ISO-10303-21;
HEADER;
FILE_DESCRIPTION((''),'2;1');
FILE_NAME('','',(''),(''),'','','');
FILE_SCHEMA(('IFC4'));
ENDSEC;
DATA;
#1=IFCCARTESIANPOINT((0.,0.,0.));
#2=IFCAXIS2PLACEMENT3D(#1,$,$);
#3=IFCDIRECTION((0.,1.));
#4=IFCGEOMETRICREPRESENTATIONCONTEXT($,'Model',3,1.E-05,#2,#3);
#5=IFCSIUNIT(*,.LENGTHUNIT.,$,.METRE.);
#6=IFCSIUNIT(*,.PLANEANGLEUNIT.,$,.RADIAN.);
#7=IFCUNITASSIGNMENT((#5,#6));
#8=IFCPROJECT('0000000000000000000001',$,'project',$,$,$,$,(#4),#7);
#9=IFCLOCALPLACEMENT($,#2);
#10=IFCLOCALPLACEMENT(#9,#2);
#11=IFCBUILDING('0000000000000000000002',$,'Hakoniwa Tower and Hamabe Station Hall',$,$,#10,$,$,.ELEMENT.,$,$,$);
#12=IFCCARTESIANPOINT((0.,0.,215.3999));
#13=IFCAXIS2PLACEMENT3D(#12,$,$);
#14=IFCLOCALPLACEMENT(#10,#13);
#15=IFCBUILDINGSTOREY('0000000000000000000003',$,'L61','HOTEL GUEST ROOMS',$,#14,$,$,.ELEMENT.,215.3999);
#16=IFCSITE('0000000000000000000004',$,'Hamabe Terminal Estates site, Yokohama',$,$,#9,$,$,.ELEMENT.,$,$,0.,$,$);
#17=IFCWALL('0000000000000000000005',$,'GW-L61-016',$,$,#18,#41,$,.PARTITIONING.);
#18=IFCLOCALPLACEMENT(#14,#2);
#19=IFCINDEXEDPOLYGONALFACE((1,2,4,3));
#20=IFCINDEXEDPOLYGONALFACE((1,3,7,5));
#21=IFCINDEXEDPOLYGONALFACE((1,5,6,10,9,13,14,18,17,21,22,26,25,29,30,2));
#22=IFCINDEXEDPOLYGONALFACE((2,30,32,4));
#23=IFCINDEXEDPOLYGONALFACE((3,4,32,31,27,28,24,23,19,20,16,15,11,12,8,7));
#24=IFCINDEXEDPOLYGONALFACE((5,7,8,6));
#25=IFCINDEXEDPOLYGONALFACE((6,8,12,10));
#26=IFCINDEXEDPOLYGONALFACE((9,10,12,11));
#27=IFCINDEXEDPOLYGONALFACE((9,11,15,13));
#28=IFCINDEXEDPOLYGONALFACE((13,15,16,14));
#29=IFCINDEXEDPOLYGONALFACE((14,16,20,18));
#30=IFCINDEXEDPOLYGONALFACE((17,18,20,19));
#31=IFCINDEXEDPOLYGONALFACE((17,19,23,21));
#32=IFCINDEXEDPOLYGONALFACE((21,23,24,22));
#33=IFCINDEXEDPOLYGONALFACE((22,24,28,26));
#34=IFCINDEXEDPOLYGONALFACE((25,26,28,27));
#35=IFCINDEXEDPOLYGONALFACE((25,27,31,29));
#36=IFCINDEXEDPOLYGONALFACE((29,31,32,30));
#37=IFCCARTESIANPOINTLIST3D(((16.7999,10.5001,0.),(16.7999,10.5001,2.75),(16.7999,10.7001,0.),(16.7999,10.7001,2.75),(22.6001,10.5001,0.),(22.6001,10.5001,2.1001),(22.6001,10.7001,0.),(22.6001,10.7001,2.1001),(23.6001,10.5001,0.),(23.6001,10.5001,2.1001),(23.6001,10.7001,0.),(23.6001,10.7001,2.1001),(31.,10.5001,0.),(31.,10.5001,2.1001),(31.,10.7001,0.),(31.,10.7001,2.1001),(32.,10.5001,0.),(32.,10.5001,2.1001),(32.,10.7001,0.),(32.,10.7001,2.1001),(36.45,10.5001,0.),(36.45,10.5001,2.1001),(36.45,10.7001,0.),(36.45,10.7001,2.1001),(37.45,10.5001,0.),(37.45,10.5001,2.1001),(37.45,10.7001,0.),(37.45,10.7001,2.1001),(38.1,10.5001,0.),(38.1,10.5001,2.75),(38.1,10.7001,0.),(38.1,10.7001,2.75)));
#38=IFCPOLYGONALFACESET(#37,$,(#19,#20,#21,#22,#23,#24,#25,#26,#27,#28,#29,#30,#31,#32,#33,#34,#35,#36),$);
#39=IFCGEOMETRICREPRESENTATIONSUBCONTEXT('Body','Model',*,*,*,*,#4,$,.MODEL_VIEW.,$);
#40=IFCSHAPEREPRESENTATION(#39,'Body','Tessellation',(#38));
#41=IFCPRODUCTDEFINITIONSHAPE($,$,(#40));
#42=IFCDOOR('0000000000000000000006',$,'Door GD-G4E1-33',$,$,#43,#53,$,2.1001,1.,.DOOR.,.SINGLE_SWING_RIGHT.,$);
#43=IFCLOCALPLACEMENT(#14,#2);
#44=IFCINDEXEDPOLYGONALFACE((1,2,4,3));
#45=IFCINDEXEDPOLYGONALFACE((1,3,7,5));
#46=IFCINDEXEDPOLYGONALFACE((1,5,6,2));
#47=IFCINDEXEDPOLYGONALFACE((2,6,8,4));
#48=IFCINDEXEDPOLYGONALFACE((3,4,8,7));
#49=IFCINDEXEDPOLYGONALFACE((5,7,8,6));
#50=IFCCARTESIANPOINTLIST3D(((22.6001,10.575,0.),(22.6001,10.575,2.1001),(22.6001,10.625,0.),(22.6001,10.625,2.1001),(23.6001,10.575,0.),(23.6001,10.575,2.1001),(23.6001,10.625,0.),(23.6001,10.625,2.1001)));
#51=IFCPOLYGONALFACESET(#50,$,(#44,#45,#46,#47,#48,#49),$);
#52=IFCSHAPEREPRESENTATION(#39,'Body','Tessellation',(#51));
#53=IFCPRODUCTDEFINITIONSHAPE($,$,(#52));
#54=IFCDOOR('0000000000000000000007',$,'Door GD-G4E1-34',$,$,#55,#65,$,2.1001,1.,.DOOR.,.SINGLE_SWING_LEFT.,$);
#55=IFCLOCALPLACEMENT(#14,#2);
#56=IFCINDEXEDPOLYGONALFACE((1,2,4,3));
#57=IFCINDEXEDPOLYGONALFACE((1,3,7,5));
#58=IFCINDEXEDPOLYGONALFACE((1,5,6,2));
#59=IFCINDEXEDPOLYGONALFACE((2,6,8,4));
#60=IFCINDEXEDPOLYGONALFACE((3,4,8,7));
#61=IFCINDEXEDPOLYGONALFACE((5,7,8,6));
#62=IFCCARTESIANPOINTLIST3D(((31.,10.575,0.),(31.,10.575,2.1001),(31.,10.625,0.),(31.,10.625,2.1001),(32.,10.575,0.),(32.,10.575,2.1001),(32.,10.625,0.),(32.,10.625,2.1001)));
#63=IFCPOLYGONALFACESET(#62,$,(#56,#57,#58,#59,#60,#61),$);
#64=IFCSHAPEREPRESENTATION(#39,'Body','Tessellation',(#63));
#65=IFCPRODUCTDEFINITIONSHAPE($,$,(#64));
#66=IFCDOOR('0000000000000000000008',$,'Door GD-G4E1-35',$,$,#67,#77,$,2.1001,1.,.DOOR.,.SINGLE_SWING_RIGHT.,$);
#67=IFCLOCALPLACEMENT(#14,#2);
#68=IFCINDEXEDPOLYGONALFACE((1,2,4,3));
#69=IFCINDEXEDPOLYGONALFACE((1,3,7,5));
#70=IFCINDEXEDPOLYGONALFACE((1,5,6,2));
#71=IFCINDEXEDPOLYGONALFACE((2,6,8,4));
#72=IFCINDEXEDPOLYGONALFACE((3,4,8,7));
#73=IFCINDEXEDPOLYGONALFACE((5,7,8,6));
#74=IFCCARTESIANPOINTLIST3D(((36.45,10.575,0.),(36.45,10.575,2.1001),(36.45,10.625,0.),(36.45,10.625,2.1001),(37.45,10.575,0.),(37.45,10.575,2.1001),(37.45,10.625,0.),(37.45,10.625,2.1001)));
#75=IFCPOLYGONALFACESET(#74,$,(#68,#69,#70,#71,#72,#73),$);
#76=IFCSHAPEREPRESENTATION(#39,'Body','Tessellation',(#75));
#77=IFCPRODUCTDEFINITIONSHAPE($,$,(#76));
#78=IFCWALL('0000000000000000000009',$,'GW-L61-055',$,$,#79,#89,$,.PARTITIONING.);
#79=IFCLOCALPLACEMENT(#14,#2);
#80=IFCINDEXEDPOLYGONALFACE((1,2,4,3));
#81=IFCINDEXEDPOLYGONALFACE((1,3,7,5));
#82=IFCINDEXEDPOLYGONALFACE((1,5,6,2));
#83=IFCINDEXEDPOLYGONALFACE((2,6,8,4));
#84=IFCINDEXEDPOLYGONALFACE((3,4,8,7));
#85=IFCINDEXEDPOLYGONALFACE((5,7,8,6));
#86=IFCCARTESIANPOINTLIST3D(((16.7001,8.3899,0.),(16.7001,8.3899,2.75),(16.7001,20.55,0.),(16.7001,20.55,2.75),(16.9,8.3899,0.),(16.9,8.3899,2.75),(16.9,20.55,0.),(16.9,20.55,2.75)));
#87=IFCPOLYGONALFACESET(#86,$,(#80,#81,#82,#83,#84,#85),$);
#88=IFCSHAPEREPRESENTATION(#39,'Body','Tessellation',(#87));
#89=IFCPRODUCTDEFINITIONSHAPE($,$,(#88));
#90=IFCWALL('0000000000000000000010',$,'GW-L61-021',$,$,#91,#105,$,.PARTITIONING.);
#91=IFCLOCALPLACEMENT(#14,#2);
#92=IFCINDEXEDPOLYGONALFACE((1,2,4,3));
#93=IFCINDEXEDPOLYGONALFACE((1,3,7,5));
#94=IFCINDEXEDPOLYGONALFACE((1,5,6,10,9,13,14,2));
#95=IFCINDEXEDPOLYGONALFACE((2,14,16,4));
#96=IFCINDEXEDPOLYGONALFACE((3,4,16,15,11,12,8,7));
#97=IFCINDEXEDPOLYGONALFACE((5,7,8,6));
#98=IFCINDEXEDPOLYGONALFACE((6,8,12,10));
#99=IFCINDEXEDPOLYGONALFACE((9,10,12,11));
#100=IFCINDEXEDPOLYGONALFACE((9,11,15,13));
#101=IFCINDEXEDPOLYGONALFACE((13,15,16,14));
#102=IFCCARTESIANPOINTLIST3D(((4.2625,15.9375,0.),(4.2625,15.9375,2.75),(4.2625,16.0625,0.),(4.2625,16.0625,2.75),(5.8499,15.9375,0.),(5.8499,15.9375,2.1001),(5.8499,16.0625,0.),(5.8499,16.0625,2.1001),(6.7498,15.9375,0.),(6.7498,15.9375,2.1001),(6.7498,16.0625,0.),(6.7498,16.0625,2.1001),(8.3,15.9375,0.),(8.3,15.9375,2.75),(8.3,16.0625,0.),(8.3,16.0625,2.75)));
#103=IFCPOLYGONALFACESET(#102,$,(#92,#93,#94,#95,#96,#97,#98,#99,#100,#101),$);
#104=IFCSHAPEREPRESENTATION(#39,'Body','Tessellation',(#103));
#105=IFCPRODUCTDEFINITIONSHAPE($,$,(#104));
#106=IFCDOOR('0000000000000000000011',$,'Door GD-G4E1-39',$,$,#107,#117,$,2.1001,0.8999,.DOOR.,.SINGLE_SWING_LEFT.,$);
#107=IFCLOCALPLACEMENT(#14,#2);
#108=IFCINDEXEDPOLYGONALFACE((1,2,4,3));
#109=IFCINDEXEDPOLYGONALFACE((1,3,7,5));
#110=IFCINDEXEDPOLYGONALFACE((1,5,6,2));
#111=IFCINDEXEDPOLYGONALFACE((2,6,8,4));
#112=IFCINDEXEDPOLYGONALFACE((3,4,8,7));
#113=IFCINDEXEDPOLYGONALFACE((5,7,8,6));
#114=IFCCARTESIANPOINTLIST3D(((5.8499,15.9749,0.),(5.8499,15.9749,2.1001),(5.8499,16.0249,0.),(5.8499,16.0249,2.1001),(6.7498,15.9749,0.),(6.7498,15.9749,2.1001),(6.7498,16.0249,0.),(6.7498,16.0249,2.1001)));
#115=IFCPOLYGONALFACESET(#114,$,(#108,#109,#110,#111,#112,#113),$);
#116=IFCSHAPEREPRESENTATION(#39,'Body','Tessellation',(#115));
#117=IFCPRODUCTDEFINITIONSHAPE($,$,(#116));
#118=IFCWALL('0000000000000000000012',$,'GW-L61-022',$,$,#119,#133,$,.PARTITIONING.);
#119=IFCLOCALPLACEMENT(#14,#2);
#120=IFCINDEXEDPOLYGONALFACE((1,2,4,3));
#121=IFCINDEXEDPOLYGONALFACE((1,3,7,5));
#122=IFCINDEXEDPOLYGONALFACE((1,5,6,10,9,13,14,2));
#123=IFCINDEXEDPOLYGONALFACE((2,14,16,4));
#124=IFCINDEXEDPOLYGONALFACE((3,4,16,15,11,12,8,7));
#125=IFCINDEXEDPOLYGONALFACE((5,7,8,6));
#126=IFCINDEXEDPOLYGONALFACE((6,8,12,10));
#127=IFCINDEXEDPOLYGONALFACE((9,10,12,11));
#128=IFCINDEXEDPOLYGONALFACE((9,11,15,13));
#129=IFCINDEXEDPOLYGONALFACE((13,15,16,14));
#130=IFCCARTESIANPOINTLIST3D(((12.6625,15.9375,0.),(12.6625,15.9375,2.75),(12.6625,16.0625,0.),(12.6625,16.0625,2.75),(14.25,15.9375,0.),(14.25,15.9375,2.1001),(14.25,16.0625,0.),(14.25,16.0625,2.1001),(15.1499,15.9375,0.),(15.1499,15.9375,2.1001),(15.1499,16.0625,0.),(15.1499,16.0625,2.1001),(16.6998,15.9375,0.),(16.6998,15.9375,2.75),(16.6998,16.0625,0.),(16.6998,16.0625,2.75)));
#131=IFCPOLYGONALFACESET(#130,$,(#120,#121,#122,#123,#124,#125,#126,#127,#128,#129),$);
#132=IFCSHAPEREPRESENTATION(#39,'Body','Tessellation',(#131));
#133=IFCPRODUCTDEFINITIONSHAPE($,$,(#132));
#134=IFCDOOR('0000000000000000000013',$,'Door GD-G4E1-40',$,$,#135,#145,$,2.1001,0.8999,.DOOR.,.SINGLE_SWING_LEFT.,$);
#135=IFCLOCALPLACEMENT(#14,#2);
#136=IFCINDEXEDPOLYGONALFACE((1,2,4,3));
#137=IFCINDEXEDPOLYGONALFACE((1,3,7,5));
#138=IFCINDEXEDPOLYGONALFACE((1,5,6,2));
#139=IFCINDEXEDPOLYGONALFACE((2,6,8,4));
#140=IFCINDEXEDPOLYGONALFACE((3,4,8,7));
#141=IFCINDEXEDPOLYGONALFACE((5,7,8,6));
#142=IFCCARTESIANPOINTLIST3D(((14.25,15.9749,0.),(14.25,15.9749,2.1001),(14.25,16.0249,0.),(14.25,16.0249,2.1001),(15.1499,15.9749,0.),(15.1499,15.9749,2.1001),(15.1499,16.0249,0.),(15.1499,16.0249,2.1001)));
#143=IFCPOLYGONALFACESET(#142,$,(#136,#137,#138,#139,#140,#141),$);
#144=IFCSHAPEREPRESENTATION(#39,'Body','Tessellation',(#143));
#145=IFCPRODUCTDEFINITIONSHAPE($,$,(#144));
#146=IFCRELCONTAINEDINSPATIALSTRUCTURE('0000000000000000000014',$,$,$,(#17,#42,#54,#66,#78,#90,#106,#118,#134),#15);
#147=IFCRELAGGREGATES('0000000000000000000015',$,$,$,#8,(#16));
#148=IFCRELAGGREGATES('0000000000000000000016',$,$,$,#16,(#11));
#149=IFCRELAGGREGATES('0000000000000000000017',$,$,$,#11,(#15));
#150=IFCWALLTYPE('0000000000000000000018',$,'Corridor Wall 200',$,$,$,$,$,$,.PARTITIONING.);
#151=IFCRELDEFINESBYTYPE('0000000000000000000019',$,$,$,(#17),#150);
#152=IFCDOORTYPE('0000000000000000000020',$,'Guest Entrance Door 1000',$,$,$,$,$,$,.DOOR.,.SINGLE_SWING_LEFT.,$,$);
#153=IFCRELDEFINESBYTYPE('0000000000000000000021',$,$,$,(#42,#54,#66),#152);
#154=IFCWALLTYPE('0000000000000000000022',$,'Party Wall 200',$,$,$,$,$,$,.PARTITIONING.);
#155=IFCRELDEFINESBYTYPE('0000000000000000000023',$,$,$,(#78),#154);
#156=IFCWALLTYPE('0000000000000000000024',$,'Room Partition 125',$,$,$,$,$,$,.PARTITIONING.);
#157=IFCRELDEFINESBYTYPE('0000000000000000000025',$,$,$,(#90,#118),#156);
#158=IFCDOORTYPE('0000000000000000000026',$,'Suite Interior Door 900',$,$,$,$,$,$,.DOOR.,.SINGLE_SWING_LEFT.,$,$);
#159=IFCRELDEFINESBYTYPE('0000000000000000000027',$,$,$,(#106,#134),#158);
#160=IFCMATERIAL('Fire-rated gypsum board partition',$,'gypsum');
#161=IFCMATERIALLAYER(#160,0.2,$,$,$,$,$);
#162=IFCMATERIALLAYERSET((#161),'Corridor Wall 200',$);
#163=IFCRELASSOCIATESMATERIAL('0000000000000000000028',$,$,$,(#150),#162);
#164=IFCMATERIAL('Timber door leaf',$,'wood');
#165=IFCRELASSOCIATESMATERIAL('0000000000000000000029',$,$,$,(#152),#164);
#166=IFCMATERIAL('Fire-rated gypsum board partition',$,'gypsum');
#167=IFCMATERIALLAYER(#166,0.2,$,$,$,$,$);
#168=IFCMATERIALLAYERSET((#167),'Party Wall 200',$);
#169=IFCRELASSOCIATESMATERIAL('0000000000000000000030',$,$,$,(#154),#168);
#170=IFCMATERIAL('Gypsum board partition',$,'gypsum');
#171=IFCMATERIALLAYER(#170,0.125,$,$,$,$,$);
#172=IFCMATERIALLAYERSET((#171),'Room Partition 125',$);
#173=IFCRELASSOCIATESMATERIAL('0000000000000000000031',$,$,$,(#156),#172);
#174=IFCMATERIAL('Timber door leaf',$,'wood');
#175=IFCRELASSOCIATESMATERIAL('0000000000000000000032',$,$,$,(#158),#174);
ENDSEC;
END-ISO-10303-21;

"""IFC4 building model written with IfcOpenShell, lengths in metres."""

from ifc_helpers import new_model, si_unit, direction, frame, frame_2d, origin, place, context, subcontext, project, spatial, rectangle, extrude, material, layer, layer_set, type_object, element, fill, save


model = new_model("IFC4")

# Units and contexts
model_context = context("Model", 3, precision=1e-05, world=origin(), true_north=direction((0.0, 1.0)))
body_context = subcontext(model_context, "Body", "Model", "MODEL_VIEW")
ifc_project = project(units=[si_unit("LENGTHUNIT", "METRE"), si_unit("PLANEANGLEUNIT", "RADIAN")], contexts=[model_context])

# Site, building, storey
site_placement = place(None, origin())
site = spatial("IfcSite", under=ifc_project, at=site_placement, Name="Hamabe Terminal Estates site, Yokohama", CompositionType="ELEMENT", RefElevation=0.0)
building_placement = place(site_placement, origin())
building = spatial("IfcBuilding", under=site, at=building_placement, Name="Hakoniwa Tower and Hamabe Station Hall", CompositionType="ELEMENT")
storey_placement = place(building_placement, frame((0.0, 0.0, 215.3999)))
storey = spatial("IfcBuildingStorey", under=building, at=storey_placement, Name="L61", Description="HOTEL GUEST ROOMS", CompositionType="ELEMENT", Elevation=215.3999)

# Wall, openings, doors
ifc_material_1 = material(Name="Fire-rated gypsum board partition", Category="gypsum")
ifc_layer_1 = layer(ifc_material_1, 0.2)
ifc_layer_set_1 = layer_set([ifc_layer_1], Name="Corridor Wall 200")
wall_type_1 = type_object("IfcWallType", Name="Corridor Wall 200", PredefinedType="PARTITIONING", material=ifc_layer_set_1)
wall_1_placement = place(storey_placement, frame((16.8, 10.6001, 0.0), z_axis=(0.0, 0.0, 1.0), x_axis=(1.0, 0.0, 0.0)))
wall_1 = element("IfcWall", 1, at=wall_1_placement, inside=storey, type_object=wall_type_1, Name="GW-L61-016", PredefinedType="PARTITIONING", context=body_context, shape_type="SweptSolid", body=[
    extrude(rectangle(XDim=21.3, YDim=0.2, at=frame_2d((10.6499, 0.0))), origin(), (0.0, 0.0, 1.0), 2.75),
])
opening_1_placement = place(wall_1_placement, frame((5.8, 0.0, 0.0)))
opening_1 = element("IfcOpeningElement", 2, at=opening_1_placement, cuts=wall_1, PredefinedType="OPENING", context=body_context, shape_type="SweptSolid", body=[
    extrude(rectangle(XDim=1.0, YDim=2.1001, at=frame_2d((0.5, 1.05))), frame((0.0, 0.1099, 0.0), z_axis=(0.0, -1.0, 0.0), x_axis=(1.0, 0.0, 0.0)), (0.0, 0.0, 1.0), 0.22),
])
opening_2_placement = place(wall_1_placement, frame((14.2, 0.0, 0.0)))
opening_2 = element("IfcOpeningElement", 3, at=opening_2_placement, cuts=wall_1, PredefinedType="OPENING", context=body_context, shape_type="SweptSolid", body=[
    extrude(rectangle(XDim=1.0, YDim=2.1001, at=frame_2d((0.5, 1.05))), frame((0.0, 0.1099, 0.0), z_axis=(0.0, -1.0, 0.0), x_axis=(1.0, 0.0, 0.0)), (0.0, 0.0, 1.0), 0.22),
])
opening_3_placement = place(wall_1_placement, frame((19.6499, 0.0, 0.0)))
opening_3 = element("IfcOpeningElement", 4, at=opening_3_placement, cuts=wall_1, PredefinedType="OPENING", context=body_context, shape_type="SweptSolid", body=[
    extrude(rectangle(XDim=1.0, YDim=2.1001, at=frame_2d((0.5, 1.05))), frame((0.0, 0.1099, 0.0), z_axis=(0.0, -1.0, 0.0), x_axis=(1.0, 0.0, 0.0)), (0.0, 0.0, 1.0), 0.22),
])
ifc_material_2 = material(Name="Timber door leaf", Category="wood")
door_type_1 = type_object("IfcDoorType", Name="Guest Entrance Door 1000", OperationType="SINGLE_SWING_LEFT", PredefinedType="DOOR", material=ifc_material_2)
door_1_placement = place(opening_1_placement, origin())
door_1 = element("IfcDoor", 5, at=door_1_placement, inside=storey, type_object=door_type_1, Name="Door GD-G4E1-33", OperationType="SINGLE_SWING_RIGHT", OverallHeight=2.1001, OverallWidth=1.0, PredefinedType="DOOR", context=body_context, shape_type="SweptSolid", body=[
    extrude(rectangle(XDim=1.0, YDim=2.1001, at=frame_2d((0.5, 1.05))), frame((0.0, 0.0249, 0.0), z_axis=(0.0, -1.0, 0.0), x_axis=(1.0, 0.0, 0.0)), (0.0, 0.0, 1.0), 0.05),
])
fill(opening_1, door_1)
door_2_placement = place(opening_2_placement, origin())
door_2 = element("IfcDoor", 6, at=door_2_placement, inside=storey, type_object=door_type_1, Name="Door GD-G4E1-34", OperationType="SINGLE_SWING_LEFT", OverallHeight=2.1001, OverallWidth=1.0, PredefinedType="DOOR", context=body_context, shape_type="SweptSolid", body=[
    extrude(rectangle(XDim=1.0, YDim=2.1001, at=frame_2d((0.5, 1.05))), frame((0.0, 0.0249, 0.0), z_axis=(0.0, -1.0, 0.0), x_axis=(1.0, 0.0, 0.0)), (0.0, 0.0, 1.0), 0.05),
])
fill(opening_2, door_2)
door_3_placement = place(opening_3_placement, origin())
door_3 = element("IfcDoor", 7, at=door_3_placement, inside=storey, type_object=door_type_1, Name="Door GD-G4E1-35", OperationType="SINGLE_SWING_RIGHT", OverallHeight=2.1001, OverallWidth=1.0, PredefinedType="DOOR", context=body_context, shape_type="SweptSolid", body=[
    extrude(rectangle(XDim=1.0, YDim=2.1001, at=frame_2d((0.5, 1.05))), frame((0.0, 0.0249, 0.0), z_axis=(0.0, -1.0, 0.0), x_axis=(1.0, 0.0, 0.0)), (0.0, 0.0, 1.0), 0.05),
])
fill(opening_3, door_3)

# Wall
ifc_material_3 = material(Name="Fire-rated gypsum board partition", Category="gypsum")
ifc_layer_2 = layer(ifc_material_3, 0.2)
ifc_layer_set_2 = layer_set([ifc_layer_2], Name="Party Wall 200")
wall_type_2 = type_object("IfcWallType", Name="Party Wall 200", PredefinedType="PARTITIONING", material=ifc_layer_set_2)
wall_2_placement = place(storey_placement, frame((16.8, 8.3899, 0.0), z_axis=(0.0, 0.0, 1.0), x_axis=(0.0, 1.0, 0.0)))
element("IfcWall", 8, at=wall_2_placement, inside=storey, type_object=wall_type_2, Name="GW-L61-055", PredefinedType="PARTITIONING", context=body_context, shape_type="SweptSolid", body=[
    extrude(rectangle(XDim=12.1602, YDim=0.2, at=frame_2d((6.0801, 0.0))), origin(), (0.0, 0.0, 1.0), 2.75),
])

# Walls, openings, doors
ifc_material_4 = material(Name="Gypsum board partition", Category="gypsum")
ifc_layer_3 = layer(ifc_material_4, 0.125)
ifc_layer_set_3 = layer_set([ifc_layer_3], Name="Room Partition 125")
wall_type_3 = type_object("IfcWallType", Name="Room Partition 125", PredefinedType="PARTITIONING", material=ifc_layer_set_3)
wall_3_placement = place(storey_placement, frame((4.2625, 16.0, 0.0), z_axis=(0.0, 0.0, 1.0), x_axis=(1.0, 0.0, 0.0)))
wall_3 = element("IfcWall", 9, at=wall_3_placement, inside=storey, type_object=wall_type_3, Name="GW-L61-021", PredefinedType="PARTITIONING", context=body_context, shape_type="SweptSolid", body=[
    extrude(rectangle(XDim=4.0376, YDim=0.125, at=frame_2d((2.0188, 0.0))), origin(), (0.0, 0.0, 1.0), 2.75),
])
opening_4_placement = place(wall_3_placement, frame((1.5874, 0.0, 0.0)))
opening_4 = element("IfcOpeningElement", 10, at=opening_4_placement, cuts=wall_3, PredefinedType="OPENING", context=body_context, shape_type="SweptSolid", body=[
    extrude(rectangle(XDim=0.8999, YDim=2.1001, at=frame_2d((0.45, 1.05))), frame((0.0, 0.0725, 0.0), z_axis=(0.0, -1.0, 0.0), x_axis=(1.0, 0.0, 0.0)), (0.0, 0.0, 1.0), 0.145),
])
ifc_material_5 = material(Name="Timber door leaf", Category="wood")
door_type_2 = type_object("IfcDoorType", Name="Suite Interior Door 900", OperationType="SINGLE_SWING_LEFT", PredefinedType="DOOR", material=ifc_material_5)
door_4_placement = place(opening_4_placement, origin())
door_4 = element("IfcDoor", 11, at=door_4_placement, inside=storey, type_object=door_type_2, Name="Door GD-G4E1-39", OperationType="SINGLE_SWING_LEFT", OverallHeight=2.1001, OverallWidth=0.8999, PredefinedType="DOOR", context=body_context, shape_type="SweptSolid", body=[
    extrude(rectangle(XDim=0.8999, YDim=2.1001, at=frame_2d((0.45, 1.05))), frame((0.0, 0.0249, 0.0), z_axis=(0.0, -1.0, 0.0), x_axis=(1.0, 0.0, 0.0)), (0.0, 0.0, 1.0), 0.05),
])
fill(opening_4, door_4)
wall_4_placement = place(storey_placement, frame((12.6626, 16.0, 0.0), z_axis=(0.0, 0.0, 1.0), x_axis=(1.0, 0.0, 0.0)))
wall_4 = element("IfcWall", 12, at=wall_4_placement, inside=storey, type_object=wall_type_3, Name="GW-L61-022", PredefinedType="PARTITIONING", context=body_context, shape_type="SweptSolid", body=[
    extrude(rectangle(XDim=4.0374, YDim=0.125, at=frame_2d((2.0186, 0.0))), origin(), (0.0, 0.0, 1.0), 2.75),
])
opening_5_placement = place(wall_4_placement, frame((1.5874, 0.0, 0.0)))
opening_5 = element("IfcOpeningElement", 13, at=opening_5_placement, cuts=wall_4, PredefinedType="OPENING", context=body_context, shape_type="SweptSolid", body=[
    extrude(rectangle(XDim=0.8999, YDim=2.1001, at=frame_2d((0.45, 1.05))), frame((0.0, 0.0725, 0.0), z_axis=(0.0, -1.0, 0.0), x_axis=(1.0, 0.0, 0.0)), (0.0, 0.0, 1.0), 0.145),
])
door_5_placement = place(opening_5_placement, origin())
door_5 = element("IfcDoor", 14, at=door_5_placement, inside=storey, type_object=door_type_2, Name="Door GD-G4E1-40", OperationType="SINGLE_SWING_LEFT", OverallHeight=2.1001, OverallWidth=0.8999, PredefinedType="DOOR", context=body_context, shape_type="SweptSolid", body=[
    extrude(rectangle(XDim=0.8999, YDim=2.1001, at=frame_2d((0.45, 1.05))), frame((0.0, 0.0249, 0.0), z_axis=(0.0, -1.0, 0.0), x_axis=(1.0, 0.0, 0.0)), (0.0, 0.0, 1.0), 0.05),
])
fill(opening_5, door_5)

save(model, "model.ifc")
